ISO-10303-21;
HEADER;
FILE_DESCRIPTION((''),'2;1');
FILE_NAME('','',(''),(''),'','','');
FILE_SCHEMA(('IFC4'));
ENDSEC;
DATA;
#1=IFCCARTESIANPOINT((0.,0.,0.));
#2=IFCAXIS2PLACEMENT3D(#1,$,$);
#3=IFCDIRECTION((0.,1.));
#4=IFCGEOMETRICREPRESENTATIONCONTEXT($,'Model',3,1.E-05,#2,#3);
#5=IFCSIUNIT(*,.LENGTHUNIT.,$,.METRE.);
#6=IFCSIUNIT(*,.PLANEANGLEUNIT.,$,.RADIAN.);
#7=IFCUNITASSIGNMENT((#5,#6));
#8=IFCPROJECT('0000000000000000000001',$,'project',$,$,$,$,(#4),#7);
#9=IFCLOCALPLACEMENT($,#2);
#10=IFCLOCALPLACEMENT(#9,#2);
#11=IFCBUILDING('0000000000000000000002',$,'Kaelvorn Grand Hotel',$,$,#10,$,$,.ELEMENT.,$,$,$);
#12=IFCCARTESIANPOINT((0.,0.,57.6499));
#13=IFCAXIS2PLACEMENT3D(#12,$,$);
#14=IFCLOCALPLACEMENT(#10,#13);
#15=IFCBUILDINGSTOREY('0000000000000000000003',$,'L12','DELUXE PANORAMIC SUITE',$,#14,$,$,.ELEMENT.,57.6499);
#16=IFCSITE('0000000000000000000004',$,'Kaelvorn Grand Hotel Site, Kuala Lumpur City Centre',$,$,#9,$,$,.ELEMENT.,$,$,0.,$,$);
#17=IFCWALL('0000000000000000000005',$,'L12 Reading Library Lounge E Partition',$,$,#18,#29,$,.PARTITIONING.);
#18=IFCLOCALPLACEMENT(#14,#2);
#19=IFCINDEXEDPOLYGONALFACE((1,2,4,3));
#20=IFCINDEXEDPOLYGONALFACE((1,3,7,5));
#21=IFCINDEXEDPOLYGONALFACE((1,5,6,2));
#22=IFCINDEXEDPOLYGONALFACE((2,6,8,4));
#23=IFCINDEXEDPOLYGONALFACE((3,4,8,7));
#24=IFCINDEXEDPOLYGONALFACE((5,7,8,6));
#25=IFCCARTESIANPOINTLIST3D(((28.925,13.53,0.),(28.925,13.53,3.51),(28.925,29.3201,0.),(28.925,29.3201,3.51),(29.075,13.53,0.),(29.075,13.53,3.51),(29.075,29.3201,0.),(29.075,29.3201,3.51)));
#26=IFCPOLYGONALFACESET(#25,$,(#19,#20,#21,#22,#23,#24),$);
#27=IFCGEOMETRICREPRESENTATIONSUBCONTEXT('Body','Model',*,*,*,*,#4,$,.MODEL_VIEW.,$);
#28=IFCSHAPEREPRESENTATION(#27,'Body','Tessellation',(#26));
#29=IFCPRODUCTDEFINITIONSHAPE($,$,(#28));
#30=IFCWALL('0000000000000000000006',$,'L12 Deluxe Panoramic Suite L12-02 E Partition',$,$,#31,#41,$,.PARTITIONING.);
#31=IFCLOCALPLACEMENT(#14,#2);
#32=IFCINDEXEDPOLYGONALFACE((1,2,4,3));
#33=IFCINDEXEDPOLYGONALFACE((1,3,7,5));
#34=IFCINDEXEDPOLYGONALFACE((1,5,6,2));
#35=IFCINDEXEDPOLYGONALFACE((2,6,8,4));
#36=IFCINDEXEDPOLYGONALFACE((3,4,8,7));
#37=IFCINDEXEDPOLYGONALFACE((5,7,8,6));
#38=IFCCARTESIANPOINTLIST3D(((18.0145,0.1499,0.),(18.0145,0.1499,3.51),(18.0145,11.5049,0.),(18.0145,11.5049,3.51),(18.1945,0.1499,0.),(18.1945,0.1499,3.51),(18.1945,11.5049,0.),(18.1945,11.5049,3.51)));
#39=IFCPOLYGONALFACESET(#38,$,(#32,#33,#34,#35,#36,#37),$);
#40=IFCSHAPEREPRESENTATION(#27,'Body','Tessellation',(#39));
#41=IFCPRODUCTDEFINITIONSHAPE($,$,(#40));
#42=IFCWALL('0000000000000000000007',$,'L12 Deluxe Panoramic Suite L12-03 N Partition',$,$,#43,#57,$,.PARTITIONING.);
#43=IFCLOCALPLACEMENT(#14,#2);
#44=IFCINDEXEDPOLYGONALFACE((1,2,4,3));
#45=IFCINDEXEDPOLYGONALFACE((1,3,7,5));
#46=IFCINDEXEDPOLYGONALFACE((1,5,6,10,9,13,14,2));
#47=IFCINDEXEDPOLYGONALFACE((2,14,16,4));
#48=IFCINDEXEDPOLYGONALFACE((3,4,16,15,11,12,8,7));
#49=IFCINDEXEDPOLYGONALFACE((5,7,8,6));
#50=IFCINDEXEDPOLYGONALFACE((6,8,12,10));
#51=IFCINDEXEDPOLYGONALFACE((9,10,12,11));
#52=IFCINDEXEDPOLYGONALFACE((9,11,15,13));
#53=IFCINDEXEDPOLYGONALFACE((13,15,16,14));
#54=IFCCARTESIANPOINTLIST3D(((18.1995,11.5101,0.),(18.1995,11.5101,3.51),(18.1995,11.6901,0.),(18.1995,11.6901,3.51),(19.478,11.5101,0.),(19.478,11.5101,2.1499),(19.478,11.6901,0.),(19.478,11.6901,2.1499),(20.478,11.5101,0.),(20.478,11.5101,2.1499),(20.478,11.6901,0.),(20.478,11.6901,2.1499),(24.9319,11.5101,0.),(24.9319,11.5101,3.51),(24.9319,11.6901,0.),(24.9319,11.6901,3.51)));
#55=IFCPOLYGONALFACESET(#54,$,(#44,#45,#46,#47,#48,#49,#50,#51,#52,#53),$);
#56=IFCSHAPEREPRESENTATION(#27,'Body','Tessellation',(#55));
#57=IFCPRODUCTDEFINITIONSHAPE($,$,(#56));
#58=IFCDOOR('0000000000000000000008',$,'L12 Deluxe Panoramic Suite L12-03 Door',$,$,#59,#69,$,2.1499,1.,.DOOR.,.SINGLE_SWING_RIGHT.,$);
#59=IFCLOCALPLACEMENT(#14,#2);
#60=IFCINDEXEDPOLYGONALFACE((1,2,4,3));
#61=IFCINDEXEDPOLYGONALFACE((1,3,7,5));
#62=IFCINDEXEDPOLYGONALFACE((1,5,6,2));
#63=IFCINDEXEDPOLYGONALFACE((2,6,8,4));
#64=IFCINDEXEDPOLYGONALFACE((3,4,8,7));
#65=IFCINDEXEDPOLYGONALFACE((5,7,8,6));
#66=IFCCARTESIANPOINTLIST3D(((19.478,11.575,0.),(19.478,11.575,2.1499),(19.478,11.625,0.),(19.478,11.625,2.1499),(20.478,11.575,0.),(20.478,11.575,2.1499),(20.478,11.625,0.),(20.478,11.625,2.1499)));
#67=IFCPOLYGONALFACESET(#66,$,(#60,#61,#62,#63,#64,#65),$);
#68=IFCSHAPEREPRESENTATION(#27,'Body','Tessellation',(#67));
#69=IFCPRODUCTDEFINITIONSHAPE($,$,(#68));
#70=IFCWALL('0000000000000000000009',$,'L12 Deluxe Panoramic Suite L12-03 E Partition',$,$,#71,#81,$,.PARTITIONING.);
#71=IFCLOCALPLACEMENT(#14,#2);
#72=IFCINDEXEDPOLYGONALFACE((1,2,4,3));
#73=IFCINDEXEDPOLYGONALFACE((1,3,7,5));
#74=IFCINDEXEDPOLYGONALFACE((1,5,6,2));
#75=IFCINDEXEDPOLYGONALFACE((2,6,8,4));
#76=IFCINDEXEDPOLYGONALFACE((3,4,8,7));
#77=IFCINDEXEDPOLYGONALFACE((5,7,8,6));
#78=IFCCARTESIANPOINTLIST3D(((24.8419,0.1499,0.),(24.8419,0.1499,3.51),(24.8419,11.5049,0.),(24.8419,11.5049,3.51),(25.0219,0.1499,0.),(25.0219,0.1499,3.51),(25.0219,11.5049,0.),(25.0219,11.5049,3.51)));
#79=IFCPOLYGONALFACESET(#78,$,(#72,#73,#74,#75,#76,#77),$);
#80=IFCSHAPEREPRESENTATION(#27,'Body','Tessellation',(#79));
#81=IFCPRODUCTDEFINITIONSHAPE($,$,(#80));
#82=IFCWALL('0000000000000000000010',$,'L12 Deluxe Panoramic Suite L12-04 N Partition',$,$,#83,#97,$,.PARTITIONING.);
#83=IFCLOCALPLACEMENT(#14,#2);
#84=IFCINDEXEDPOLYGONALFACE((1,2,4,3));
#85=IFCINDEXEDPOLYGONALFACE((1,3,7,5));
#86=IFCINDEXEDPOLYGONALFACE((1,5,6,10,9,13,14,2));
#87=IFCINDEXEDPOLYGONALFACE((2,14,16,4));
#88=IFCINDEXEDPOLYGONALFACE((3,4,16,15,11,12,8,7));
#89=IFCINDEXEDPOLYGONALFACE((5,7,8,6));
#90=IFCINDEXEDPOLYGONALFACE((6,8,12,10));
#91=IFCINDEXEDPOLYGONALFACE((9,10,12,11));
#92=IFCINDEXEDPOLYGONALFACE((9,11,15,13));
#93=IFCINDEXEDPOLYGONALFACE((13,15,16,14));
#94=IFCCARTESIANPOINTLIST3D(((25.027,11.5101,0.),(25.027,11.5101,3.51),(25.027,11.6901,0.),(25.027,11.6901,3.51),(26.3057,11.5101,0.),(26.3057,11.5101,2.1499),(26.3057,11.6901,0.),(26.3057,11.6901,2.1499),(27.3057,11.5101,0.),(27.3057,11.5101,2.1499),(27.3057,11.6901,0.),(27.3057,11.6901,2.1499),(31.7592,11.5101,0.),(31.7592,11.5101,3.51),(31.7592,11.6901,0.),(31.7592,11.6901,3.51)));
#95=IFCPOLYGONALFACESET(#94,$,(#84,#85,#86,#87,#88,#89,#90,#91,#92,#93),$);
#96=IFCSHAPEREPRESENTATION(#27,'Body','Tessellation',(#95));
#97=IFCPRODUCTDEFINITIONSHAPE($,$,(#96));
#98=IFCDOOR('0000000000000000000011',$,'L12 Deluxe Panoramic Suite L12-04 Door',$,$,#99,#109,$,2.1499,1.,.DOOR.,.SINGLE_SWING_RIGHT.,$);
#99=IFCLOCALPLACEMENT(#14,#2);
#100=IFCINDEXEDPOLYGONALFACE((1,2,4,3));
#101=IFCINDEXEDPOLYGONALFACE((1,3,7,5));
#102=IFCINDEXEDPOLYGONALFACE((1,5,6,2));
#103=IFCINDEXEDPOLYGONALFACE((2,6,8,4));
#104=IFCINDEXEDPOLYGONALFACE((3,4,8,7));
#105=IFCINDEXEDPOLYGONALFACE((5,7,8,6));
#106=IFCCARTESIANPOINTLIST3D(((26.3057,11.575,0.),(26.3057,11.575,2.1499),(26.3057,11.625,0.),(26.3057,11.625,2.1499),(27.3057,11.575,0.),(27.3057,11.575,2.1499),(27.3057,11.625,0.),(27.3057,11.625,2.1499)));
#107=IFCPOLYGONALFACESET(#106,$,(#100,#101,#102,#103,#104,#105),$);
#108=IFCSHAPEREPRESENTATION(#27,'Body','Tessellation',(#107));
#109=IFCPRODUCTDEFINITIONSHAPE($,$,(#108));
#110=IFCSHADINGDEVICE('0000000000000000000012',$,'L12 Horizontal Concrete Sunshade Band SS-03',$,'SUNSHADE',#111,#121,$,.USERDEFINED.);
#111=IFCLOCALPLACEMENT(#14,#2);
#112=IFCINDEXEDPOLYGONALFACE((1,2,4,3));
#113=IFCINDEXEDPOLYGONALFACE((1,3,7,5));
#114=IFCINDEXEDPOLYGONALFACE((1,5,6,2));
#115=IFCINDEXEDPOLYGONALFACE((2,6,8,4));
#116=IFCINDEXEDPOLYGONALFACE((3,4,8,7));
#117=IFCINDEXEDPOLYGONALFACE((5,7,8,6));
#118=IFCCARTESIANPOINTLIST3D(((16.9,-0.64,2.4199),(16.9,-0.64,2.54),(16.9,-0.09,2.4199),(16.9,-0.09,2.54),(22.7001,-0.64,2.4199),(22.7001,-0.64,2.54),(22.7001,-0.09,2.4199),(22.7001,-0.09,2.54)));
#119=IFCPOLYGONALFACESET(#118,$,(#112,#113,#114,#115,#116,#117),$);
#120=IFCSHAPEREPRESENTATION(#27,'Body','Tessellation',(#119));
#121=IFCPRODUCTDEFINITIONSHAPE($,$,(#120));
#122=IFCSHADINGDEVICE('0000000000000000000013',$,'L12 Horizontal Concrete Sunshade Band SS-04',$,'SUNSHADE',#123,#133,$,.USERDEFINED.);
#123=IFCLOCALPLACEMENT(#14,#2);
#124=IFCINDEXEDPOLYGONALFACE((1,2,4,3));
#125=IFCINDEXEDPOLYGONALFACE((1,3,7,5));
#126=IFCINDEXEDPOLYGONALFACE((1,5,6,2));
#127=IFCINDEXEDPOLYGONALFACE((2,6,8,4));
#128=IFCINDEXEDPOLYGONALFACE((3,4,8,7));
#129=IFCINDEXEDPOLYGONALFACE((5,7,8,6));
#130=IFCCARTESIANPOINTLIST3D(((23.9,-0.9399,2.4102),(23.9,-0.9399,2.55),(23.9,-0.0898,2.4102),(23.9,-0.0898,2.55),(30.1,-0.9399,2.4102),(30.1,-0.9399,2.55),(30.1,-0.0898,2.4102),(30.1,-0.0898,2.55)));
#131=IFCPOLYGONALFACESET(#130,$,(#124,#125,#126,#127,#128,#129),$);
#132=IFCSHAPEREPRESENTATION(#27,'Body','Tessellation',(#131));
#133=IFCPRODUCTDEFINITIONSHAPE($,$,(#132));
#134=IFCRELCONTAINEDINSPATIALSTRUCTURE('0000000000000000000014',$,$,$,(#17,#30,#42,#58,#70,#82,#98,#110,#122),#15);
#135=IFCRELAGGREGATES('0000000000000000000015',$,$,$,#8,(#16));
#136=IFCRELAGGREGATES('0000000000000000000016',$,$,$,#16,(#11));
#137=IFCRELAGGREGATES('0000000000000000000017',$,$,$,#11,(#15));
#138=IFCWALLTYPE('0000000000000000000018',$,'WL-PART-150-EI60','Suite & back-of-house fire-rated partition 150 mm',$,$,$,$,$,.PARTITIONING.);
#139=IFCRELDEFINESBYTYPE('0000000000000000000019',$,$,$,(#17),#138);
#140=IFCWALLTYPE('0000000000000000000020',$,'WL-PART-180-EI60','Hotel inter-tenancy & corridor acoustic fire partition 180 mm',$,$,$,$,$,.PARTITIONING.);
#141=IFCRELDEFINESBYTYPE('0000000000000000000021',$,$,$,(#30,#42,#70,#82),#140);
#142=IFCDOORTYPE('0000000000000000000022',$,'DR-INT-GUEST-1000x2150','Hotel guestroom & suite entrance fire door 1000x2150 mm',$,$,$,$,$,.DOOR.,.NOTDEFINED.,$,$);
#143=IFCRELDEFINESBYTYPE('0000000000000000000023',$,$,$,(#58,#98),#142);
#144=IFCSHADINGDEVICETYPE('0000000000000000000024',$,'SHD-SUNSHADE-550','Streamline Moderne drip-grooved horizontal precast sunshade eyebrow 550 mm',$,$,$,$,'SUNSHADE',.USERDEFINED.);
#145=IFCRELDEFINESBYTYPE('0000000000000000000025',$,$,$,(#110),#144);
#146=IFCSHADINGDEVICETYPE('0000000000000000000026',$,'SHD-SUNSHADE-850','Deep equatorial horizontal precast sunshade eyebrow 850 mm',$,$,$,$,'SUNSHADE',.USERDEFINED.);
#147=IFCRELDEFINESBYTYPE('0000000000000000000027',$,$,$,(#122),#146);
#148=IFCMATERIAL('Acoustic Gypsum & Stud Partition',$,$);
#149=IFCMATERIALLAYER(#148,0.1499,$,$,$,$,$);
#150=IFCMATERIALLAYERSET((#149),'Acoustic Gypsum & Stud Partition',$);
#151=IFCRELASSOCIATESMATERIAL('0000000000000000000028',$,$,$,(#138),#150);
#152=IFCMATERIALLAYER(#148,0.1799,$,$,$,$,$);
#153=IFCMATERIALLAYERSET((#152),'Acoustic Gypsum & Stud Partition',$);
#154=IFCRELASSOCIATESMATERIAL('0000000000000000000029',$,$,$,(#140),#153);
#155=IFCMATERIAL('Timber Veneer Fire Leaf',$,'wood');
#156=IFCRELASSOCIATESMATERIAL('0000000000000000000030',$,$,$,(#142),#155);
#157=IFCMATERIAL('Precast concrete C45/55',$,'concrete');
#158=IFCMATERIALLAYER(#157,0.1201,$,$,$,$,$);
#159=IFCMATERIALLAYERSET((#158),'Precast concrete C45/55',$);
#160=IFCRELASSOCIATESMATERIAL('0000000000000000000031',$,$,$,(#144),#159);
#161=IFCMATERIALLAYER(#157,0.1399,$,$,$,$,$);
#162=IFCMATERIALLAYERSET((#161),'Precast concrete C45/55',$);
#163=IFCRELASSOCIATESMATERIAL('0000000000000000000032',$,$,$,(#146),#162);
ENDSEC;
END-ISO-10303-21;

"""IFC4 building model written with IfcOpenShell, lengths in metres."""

from ifc_helpers import new_model, si_unit, direction, frame, frame_2d, origin, origin_2d, place, context, subcontext, project, spatial, rectangle, extrude, material, layer, layer_set, type_object, element, fill, save


model = new_model("IFC4")

# Units and contexts
model_context = context("Model", 3, precision=1e-05, world=origin(), true_north=direction((0.0, 1.0)))
body_context = subcontext(model_context, "Body", "Model", "MODEL_VIEW")
ifc_project = project(units=[si_unit("LENGTHUNIT", "METRE"), si_unit("PLANEANGLEUNIT", "RADIAN")], contexts=[model_context])

# Site, building, storey
site_placement = place(None, origin())
site = spatial("IfcSite", under=ifc_project, at=site_placement, Name="Kaelvorn Grand Hotel Site, Kuala Lumpur City Centre", CompositionType="ELEMENT", RefElevation=0.0)
building_placement = place(site_placement, origin())
building = spatial("IfcBuilding", under=site, at=building_placement, Name="Kaelvorn Grand Hotel", CompositionType="ELEMENT")
storey_placement = place(building_placement, frame((0.0, 0.0, 57.6499)))
storey = spatial("IfcBuildingStorey", under=building, at=storey_placement, Name="L12", Description="DELUXE PANORAMIC SUITE", CompositionType="ELEMENT", Elevation=57.6499)

# Walls
ifc_material_1 = material(Name="Acoustic Gypsum & Stud Partition")
ifc_layer_1 = layer(ifc_material_1, 0.1499)
ifc_layer_set_1 = layer_set([ifc_layer_1], Name="Acoustic Gypsum & Stud Partition")
wall_type_1 = type_object("IfcWallType", Name="WL-PART-150-EI60", Description="Suite & back-of-house fire-rated partition 150 mm", PredefinedType="PARTITIONING", material=ifc_layer_set_1)
wall_1_placement = place(storey_placement, frame((29.0, 13.53, 0.0), z_axis=(0.0, 0.0, 1.0), x_axis=(0.0, 1.0, 0.0)))
element("IfcWall", 1, at=wall_1_placement, inside=storey, type_object=wall_type_1, Name="L12 Reading Library Lounge E Partition", PredefinedType="PARTITIONING", context=body_context, shape_type="SweptSolid", body=[
    extrude(rectangle(XDim=15.79, YDim=0.1499, at=frame_2d((7.895, 0.0))), origin(), (0.0, 0.0, 1.0), 3.51),
])
ifc_layer_2 = layer(ifc_material_1, 0.1799)
ifc_layer_set_2 = layer_set([ifc_layer_2], Name="Acoustic Gypsum & Stud Partition")
wall_type_2 = type_object("IfcWallType", Name="WL-PART-180-EI60", Description="Hotel inter-tenancy & corridor acoustic fire partition 180 mm", PredefinedType="PARTITIONING", material=ifc_layer_set_2)
wall_2_placement = place(storey_placement, frame((18.1045, 0.1499, 0.0), z_axis=(0.0, 0.0, 1.0), x_axis=(0.0, 1.0, 0.0)))
element("IfcWall", 2, at=wall_2_placement, inside=storey, type_object=wall_type_2, Name="L12 Deluxe Panoramic Suite L12-02 E Partition", PredefinedType="PARTITIONING", context=body_context, shape_type="SweptSolid", body=[
    extrude(rectangle(XDim=11.355, YDim=0.1799, at=frame_2d((5.6775, 0.0))), origin(), (0.0, 0.0, 1.0), 3.51),
])

# Wall, opening, door
wall_3_placement = place(storey_placement, frame((18.1995, 11.6001, 0.0), z_axis=(0.0, 0.0, 1.0), x_axis=(1.0, 0.0, 0.0)))
wall_3 = element("IfcWall", 3, at=wall_3_placement, inside=storey, type_object=wall_type_2, Name="L12 Deluxe Panoramic Suite L12-03 N Partition", PredefinedType="PARTITIONING", context=body_context, shape_type="SweptSolid", body=[
    extrude(rectangle(XDim=6.7324, YDim=0.1799, at=frame_2d((3.3662, 0.0))), origin(), (0.0, 0.0, 1.0), 3.51),
])
opening_1_placement = place(wall_3_placement, frame((1.2786, 0.0, 0.0)))
opening_1 = element("IfcOpeningElement", 4, at=opening_1_placement, cuts=wall_3, PredefinedType="OPENING", context=body_context, shape_type="SweptSolid", body=[
    extrude(rectangle(XDim=1.0, YDim=2.1499, at=frame_2d((0.5, 1.075))), frame((0.0, 0.1001, 0.0), z_axis=(0.0, -1.0, 0.0), x_axis=(1.0, 0.0, 0.0)), (0.0, 0.0, 1.0), 0.2),
])
ifc_material_2 = material(Name="Timber Veneer Fire Leaf", Category="wood")
door_type_1 = type_object("IfcDoorType", Name="DR-INT-GUEST-1000x2150", Description="Hotel guestroom & suite entrance fire door 1000x2150 mm", OperationType="NOTDEFINED", PredefinedType="DOOR", material=ifc_material_2)
door_1_placement = place(opening_1_placement, origin())
door_1 = element("IfcDoor", 5, at=door_1_placement, inside=storey, type_object=door_type_1, Name="L12 Deluxe Panoramic Suite L12-03 Door", OperationType="SINGLE_SWING_RIGHT", OverallHeight=2.1499, OverallWidth=1.0, PredefinedType="DOOR", context=body_context, shape_type="SweptSolid", body=[
    extrude(rectangle(XDim=1.0, YDim=2.1499, at=frame_2d((0.5, 1.075))), frame((0.0, 0.0249, 0.0), z_axis=(0.0, -1.0, 0.0), x_axis=(1.0, 0.0, 0.0)), (0.0, 0.0, 1.0), 0.05),
])
fill(opening_1, door_1)

# Wall
wall_4_placement = place(storey_placement, frame((24.9319, 0.1499, 0.0), z_axis=(0.0, 0.0, 1.0), x_axis=(0.0, 1.0, 0.0)))
element("IfcWall", 6, at=wall_4_placement, inside=storey, type_object=wall_type_2, Name="L12 Deluxe Panoramic Suite L12-03 E Partition", PredefinedType="PARTITIONING", context=body_context, shape_type="SweptSolid", body=[
    extrude(rectangle(XDim=11.355, YDim=0.1799, at=frame_2d((5.6775, 0.0))), origin(), (0.0, 0.0, 1.0), 3.51),
])

# Wall, opening, door
wall_5_placement = place(storey_placement, frame((25.0269, 11.6001, 0.0), z_axis=(0.0, 0.0, 1.0), x_axis=(1.0, 0.0, 0.0)))
wall_5 = element("IfcWall", 7, at=wall_5_placement, inside=storey, type_object=wall_type_2, Name="L12 Deluxe Panoramic Suite L12-04 N Partition", PredefinedType="PARTITIONING", context=body_context, shape_type="SweptSolid", body=[
    extrude(rectangle(XDim=6.7322, YDim=0.1799, at=frame_2d((3.3662, 0.0))), origin(), (0.0, 0.0, 1.0), 3.51),
])
opening_2_placement = place(wall_5_placement, frame((1.2788, 0.0, 0.0)))
opening_2 = element("IfcOpeningElement", 8, at=opening_2_placement, cuts=wall_5, PredefinedType="OPENING", context=body_context, shape_type="SweptSolid", body=[
    extrude(rectangle(XDim=1.0, YDim=2.1499, at=frame_2d((0.5, 1.075))), frame((0.0, 0.1001, 0.0), z_axis=(0.0, -1.0, 0.0), x_axis=(1.0, 0.0, 0.0)), (0.0, 0.0, 1.0), 0.2),
])
door_2_placement = place(opening_2_placement, origin())
door_2 = element("IfcDoor", 9, at=door_2_placement, inside=storey, type_object=door_type_1, Name="L12 Deluxe Panoramic Suite L12-04 Door", OperationType="SINGLE_SWING_RIGHT", OverallHeight=2.1499, OverallWidth=1.0, PredefinedType="DOOR", context=body_context, shape_type="SweptSolid", body=[
    extrude(rectangle(XDim=1.0, YDim=2.1499, at=frame_2d((0.5, 1.075))), frame((0.0, 0.0249, 0.0), z_axis=(0.0, -1.0, 0.0), x_axis=(1.0, 0.0, 0.0)), (0.0, 0.0, 1.0), 0.05),
])
fill(opening_2, door_2)

# Shading devices
ifc_material_3 = material(Name="Precast concrete C45/55", Category="concrete")
ifc_layer_3 = layer(ifc_material_3, 0.1201)
ifc_layer_set_3 = layer_set([ifc_layer_3], Name="Precast concrete C45/55")
shading_device_type_1 = type_object("IfcShadingDeviceType", Name="SHD-SUNSHADE-550", Description="Streamline Moderne drip-grooved horizontal precast sunshade eyebrow 550 mm", ElementType="SUNSHADE", PredefinedType="USERDEFINED", material=ifc_layer_set_3)
shading_device_1_placement = place(storey_placement, frame((19.8, -0.365, 2.4199), z_axis=(0.0, 0.0, 1.0), x_axis=(1.0, 0.0, 0.0)))
element("IfcShadingDevice", 10, at=shading_device_1_placement, inside=storey, type_object=shading_device_type_1, Name="L12 Horizontal Concrete Sunshade Band SS-03", ObjectType="SUNSHADE", PredefinedType="USERDEFINED", context=body_context, shape_type="SweptSolid", body=[
    extrude(rectangle(XDim=5.8, YDim=0.55, at=origin_2d()), origin(), (0.0, 0.0, 1.0), 0.1201),
])
ifc_layer_4 = layer(ifc_material_3, 0.1399)
ifc_layer_set_4 = layer_set([ifc_layer_4], Name="Precast concrete C45/55")
shading_device_type_2 = type_object("IfcShadingDeviceType", Name="SHD-SUNSHADE-850", Description="Deep equatorial horizontal precast sunshade eyebrow 850 mm", ElementType="SUNSHADE", PredefinedType="USERDEFINED", material=ifc_layer_set_4)
shading_device_2_placement = place(storey_placement, frame((27.0, -0.5149, 2.4102), z_axis=(0.0, 0.0, 1.0), x_axis=(1.0, 0.0, 0.0)))
element("IfcShadingDevice", 11, at=shading_device_2_placement, inside=storey, type_object=shading_device_type_2, Name="L12 Horizontal Concrete Sunshade Band SS-04", ObjectType="SUNSHADE", PredefinedType="USERDEFINED", context=body_context, shape_type="SweptSolid", body=[
    extrude(rectangle(XDim=6.2, YDim=0.8501, at=origin_2d()), origin(), (0.0, 0.0, 1.0), 0.1399),
])

save(model, "model.ifc")
